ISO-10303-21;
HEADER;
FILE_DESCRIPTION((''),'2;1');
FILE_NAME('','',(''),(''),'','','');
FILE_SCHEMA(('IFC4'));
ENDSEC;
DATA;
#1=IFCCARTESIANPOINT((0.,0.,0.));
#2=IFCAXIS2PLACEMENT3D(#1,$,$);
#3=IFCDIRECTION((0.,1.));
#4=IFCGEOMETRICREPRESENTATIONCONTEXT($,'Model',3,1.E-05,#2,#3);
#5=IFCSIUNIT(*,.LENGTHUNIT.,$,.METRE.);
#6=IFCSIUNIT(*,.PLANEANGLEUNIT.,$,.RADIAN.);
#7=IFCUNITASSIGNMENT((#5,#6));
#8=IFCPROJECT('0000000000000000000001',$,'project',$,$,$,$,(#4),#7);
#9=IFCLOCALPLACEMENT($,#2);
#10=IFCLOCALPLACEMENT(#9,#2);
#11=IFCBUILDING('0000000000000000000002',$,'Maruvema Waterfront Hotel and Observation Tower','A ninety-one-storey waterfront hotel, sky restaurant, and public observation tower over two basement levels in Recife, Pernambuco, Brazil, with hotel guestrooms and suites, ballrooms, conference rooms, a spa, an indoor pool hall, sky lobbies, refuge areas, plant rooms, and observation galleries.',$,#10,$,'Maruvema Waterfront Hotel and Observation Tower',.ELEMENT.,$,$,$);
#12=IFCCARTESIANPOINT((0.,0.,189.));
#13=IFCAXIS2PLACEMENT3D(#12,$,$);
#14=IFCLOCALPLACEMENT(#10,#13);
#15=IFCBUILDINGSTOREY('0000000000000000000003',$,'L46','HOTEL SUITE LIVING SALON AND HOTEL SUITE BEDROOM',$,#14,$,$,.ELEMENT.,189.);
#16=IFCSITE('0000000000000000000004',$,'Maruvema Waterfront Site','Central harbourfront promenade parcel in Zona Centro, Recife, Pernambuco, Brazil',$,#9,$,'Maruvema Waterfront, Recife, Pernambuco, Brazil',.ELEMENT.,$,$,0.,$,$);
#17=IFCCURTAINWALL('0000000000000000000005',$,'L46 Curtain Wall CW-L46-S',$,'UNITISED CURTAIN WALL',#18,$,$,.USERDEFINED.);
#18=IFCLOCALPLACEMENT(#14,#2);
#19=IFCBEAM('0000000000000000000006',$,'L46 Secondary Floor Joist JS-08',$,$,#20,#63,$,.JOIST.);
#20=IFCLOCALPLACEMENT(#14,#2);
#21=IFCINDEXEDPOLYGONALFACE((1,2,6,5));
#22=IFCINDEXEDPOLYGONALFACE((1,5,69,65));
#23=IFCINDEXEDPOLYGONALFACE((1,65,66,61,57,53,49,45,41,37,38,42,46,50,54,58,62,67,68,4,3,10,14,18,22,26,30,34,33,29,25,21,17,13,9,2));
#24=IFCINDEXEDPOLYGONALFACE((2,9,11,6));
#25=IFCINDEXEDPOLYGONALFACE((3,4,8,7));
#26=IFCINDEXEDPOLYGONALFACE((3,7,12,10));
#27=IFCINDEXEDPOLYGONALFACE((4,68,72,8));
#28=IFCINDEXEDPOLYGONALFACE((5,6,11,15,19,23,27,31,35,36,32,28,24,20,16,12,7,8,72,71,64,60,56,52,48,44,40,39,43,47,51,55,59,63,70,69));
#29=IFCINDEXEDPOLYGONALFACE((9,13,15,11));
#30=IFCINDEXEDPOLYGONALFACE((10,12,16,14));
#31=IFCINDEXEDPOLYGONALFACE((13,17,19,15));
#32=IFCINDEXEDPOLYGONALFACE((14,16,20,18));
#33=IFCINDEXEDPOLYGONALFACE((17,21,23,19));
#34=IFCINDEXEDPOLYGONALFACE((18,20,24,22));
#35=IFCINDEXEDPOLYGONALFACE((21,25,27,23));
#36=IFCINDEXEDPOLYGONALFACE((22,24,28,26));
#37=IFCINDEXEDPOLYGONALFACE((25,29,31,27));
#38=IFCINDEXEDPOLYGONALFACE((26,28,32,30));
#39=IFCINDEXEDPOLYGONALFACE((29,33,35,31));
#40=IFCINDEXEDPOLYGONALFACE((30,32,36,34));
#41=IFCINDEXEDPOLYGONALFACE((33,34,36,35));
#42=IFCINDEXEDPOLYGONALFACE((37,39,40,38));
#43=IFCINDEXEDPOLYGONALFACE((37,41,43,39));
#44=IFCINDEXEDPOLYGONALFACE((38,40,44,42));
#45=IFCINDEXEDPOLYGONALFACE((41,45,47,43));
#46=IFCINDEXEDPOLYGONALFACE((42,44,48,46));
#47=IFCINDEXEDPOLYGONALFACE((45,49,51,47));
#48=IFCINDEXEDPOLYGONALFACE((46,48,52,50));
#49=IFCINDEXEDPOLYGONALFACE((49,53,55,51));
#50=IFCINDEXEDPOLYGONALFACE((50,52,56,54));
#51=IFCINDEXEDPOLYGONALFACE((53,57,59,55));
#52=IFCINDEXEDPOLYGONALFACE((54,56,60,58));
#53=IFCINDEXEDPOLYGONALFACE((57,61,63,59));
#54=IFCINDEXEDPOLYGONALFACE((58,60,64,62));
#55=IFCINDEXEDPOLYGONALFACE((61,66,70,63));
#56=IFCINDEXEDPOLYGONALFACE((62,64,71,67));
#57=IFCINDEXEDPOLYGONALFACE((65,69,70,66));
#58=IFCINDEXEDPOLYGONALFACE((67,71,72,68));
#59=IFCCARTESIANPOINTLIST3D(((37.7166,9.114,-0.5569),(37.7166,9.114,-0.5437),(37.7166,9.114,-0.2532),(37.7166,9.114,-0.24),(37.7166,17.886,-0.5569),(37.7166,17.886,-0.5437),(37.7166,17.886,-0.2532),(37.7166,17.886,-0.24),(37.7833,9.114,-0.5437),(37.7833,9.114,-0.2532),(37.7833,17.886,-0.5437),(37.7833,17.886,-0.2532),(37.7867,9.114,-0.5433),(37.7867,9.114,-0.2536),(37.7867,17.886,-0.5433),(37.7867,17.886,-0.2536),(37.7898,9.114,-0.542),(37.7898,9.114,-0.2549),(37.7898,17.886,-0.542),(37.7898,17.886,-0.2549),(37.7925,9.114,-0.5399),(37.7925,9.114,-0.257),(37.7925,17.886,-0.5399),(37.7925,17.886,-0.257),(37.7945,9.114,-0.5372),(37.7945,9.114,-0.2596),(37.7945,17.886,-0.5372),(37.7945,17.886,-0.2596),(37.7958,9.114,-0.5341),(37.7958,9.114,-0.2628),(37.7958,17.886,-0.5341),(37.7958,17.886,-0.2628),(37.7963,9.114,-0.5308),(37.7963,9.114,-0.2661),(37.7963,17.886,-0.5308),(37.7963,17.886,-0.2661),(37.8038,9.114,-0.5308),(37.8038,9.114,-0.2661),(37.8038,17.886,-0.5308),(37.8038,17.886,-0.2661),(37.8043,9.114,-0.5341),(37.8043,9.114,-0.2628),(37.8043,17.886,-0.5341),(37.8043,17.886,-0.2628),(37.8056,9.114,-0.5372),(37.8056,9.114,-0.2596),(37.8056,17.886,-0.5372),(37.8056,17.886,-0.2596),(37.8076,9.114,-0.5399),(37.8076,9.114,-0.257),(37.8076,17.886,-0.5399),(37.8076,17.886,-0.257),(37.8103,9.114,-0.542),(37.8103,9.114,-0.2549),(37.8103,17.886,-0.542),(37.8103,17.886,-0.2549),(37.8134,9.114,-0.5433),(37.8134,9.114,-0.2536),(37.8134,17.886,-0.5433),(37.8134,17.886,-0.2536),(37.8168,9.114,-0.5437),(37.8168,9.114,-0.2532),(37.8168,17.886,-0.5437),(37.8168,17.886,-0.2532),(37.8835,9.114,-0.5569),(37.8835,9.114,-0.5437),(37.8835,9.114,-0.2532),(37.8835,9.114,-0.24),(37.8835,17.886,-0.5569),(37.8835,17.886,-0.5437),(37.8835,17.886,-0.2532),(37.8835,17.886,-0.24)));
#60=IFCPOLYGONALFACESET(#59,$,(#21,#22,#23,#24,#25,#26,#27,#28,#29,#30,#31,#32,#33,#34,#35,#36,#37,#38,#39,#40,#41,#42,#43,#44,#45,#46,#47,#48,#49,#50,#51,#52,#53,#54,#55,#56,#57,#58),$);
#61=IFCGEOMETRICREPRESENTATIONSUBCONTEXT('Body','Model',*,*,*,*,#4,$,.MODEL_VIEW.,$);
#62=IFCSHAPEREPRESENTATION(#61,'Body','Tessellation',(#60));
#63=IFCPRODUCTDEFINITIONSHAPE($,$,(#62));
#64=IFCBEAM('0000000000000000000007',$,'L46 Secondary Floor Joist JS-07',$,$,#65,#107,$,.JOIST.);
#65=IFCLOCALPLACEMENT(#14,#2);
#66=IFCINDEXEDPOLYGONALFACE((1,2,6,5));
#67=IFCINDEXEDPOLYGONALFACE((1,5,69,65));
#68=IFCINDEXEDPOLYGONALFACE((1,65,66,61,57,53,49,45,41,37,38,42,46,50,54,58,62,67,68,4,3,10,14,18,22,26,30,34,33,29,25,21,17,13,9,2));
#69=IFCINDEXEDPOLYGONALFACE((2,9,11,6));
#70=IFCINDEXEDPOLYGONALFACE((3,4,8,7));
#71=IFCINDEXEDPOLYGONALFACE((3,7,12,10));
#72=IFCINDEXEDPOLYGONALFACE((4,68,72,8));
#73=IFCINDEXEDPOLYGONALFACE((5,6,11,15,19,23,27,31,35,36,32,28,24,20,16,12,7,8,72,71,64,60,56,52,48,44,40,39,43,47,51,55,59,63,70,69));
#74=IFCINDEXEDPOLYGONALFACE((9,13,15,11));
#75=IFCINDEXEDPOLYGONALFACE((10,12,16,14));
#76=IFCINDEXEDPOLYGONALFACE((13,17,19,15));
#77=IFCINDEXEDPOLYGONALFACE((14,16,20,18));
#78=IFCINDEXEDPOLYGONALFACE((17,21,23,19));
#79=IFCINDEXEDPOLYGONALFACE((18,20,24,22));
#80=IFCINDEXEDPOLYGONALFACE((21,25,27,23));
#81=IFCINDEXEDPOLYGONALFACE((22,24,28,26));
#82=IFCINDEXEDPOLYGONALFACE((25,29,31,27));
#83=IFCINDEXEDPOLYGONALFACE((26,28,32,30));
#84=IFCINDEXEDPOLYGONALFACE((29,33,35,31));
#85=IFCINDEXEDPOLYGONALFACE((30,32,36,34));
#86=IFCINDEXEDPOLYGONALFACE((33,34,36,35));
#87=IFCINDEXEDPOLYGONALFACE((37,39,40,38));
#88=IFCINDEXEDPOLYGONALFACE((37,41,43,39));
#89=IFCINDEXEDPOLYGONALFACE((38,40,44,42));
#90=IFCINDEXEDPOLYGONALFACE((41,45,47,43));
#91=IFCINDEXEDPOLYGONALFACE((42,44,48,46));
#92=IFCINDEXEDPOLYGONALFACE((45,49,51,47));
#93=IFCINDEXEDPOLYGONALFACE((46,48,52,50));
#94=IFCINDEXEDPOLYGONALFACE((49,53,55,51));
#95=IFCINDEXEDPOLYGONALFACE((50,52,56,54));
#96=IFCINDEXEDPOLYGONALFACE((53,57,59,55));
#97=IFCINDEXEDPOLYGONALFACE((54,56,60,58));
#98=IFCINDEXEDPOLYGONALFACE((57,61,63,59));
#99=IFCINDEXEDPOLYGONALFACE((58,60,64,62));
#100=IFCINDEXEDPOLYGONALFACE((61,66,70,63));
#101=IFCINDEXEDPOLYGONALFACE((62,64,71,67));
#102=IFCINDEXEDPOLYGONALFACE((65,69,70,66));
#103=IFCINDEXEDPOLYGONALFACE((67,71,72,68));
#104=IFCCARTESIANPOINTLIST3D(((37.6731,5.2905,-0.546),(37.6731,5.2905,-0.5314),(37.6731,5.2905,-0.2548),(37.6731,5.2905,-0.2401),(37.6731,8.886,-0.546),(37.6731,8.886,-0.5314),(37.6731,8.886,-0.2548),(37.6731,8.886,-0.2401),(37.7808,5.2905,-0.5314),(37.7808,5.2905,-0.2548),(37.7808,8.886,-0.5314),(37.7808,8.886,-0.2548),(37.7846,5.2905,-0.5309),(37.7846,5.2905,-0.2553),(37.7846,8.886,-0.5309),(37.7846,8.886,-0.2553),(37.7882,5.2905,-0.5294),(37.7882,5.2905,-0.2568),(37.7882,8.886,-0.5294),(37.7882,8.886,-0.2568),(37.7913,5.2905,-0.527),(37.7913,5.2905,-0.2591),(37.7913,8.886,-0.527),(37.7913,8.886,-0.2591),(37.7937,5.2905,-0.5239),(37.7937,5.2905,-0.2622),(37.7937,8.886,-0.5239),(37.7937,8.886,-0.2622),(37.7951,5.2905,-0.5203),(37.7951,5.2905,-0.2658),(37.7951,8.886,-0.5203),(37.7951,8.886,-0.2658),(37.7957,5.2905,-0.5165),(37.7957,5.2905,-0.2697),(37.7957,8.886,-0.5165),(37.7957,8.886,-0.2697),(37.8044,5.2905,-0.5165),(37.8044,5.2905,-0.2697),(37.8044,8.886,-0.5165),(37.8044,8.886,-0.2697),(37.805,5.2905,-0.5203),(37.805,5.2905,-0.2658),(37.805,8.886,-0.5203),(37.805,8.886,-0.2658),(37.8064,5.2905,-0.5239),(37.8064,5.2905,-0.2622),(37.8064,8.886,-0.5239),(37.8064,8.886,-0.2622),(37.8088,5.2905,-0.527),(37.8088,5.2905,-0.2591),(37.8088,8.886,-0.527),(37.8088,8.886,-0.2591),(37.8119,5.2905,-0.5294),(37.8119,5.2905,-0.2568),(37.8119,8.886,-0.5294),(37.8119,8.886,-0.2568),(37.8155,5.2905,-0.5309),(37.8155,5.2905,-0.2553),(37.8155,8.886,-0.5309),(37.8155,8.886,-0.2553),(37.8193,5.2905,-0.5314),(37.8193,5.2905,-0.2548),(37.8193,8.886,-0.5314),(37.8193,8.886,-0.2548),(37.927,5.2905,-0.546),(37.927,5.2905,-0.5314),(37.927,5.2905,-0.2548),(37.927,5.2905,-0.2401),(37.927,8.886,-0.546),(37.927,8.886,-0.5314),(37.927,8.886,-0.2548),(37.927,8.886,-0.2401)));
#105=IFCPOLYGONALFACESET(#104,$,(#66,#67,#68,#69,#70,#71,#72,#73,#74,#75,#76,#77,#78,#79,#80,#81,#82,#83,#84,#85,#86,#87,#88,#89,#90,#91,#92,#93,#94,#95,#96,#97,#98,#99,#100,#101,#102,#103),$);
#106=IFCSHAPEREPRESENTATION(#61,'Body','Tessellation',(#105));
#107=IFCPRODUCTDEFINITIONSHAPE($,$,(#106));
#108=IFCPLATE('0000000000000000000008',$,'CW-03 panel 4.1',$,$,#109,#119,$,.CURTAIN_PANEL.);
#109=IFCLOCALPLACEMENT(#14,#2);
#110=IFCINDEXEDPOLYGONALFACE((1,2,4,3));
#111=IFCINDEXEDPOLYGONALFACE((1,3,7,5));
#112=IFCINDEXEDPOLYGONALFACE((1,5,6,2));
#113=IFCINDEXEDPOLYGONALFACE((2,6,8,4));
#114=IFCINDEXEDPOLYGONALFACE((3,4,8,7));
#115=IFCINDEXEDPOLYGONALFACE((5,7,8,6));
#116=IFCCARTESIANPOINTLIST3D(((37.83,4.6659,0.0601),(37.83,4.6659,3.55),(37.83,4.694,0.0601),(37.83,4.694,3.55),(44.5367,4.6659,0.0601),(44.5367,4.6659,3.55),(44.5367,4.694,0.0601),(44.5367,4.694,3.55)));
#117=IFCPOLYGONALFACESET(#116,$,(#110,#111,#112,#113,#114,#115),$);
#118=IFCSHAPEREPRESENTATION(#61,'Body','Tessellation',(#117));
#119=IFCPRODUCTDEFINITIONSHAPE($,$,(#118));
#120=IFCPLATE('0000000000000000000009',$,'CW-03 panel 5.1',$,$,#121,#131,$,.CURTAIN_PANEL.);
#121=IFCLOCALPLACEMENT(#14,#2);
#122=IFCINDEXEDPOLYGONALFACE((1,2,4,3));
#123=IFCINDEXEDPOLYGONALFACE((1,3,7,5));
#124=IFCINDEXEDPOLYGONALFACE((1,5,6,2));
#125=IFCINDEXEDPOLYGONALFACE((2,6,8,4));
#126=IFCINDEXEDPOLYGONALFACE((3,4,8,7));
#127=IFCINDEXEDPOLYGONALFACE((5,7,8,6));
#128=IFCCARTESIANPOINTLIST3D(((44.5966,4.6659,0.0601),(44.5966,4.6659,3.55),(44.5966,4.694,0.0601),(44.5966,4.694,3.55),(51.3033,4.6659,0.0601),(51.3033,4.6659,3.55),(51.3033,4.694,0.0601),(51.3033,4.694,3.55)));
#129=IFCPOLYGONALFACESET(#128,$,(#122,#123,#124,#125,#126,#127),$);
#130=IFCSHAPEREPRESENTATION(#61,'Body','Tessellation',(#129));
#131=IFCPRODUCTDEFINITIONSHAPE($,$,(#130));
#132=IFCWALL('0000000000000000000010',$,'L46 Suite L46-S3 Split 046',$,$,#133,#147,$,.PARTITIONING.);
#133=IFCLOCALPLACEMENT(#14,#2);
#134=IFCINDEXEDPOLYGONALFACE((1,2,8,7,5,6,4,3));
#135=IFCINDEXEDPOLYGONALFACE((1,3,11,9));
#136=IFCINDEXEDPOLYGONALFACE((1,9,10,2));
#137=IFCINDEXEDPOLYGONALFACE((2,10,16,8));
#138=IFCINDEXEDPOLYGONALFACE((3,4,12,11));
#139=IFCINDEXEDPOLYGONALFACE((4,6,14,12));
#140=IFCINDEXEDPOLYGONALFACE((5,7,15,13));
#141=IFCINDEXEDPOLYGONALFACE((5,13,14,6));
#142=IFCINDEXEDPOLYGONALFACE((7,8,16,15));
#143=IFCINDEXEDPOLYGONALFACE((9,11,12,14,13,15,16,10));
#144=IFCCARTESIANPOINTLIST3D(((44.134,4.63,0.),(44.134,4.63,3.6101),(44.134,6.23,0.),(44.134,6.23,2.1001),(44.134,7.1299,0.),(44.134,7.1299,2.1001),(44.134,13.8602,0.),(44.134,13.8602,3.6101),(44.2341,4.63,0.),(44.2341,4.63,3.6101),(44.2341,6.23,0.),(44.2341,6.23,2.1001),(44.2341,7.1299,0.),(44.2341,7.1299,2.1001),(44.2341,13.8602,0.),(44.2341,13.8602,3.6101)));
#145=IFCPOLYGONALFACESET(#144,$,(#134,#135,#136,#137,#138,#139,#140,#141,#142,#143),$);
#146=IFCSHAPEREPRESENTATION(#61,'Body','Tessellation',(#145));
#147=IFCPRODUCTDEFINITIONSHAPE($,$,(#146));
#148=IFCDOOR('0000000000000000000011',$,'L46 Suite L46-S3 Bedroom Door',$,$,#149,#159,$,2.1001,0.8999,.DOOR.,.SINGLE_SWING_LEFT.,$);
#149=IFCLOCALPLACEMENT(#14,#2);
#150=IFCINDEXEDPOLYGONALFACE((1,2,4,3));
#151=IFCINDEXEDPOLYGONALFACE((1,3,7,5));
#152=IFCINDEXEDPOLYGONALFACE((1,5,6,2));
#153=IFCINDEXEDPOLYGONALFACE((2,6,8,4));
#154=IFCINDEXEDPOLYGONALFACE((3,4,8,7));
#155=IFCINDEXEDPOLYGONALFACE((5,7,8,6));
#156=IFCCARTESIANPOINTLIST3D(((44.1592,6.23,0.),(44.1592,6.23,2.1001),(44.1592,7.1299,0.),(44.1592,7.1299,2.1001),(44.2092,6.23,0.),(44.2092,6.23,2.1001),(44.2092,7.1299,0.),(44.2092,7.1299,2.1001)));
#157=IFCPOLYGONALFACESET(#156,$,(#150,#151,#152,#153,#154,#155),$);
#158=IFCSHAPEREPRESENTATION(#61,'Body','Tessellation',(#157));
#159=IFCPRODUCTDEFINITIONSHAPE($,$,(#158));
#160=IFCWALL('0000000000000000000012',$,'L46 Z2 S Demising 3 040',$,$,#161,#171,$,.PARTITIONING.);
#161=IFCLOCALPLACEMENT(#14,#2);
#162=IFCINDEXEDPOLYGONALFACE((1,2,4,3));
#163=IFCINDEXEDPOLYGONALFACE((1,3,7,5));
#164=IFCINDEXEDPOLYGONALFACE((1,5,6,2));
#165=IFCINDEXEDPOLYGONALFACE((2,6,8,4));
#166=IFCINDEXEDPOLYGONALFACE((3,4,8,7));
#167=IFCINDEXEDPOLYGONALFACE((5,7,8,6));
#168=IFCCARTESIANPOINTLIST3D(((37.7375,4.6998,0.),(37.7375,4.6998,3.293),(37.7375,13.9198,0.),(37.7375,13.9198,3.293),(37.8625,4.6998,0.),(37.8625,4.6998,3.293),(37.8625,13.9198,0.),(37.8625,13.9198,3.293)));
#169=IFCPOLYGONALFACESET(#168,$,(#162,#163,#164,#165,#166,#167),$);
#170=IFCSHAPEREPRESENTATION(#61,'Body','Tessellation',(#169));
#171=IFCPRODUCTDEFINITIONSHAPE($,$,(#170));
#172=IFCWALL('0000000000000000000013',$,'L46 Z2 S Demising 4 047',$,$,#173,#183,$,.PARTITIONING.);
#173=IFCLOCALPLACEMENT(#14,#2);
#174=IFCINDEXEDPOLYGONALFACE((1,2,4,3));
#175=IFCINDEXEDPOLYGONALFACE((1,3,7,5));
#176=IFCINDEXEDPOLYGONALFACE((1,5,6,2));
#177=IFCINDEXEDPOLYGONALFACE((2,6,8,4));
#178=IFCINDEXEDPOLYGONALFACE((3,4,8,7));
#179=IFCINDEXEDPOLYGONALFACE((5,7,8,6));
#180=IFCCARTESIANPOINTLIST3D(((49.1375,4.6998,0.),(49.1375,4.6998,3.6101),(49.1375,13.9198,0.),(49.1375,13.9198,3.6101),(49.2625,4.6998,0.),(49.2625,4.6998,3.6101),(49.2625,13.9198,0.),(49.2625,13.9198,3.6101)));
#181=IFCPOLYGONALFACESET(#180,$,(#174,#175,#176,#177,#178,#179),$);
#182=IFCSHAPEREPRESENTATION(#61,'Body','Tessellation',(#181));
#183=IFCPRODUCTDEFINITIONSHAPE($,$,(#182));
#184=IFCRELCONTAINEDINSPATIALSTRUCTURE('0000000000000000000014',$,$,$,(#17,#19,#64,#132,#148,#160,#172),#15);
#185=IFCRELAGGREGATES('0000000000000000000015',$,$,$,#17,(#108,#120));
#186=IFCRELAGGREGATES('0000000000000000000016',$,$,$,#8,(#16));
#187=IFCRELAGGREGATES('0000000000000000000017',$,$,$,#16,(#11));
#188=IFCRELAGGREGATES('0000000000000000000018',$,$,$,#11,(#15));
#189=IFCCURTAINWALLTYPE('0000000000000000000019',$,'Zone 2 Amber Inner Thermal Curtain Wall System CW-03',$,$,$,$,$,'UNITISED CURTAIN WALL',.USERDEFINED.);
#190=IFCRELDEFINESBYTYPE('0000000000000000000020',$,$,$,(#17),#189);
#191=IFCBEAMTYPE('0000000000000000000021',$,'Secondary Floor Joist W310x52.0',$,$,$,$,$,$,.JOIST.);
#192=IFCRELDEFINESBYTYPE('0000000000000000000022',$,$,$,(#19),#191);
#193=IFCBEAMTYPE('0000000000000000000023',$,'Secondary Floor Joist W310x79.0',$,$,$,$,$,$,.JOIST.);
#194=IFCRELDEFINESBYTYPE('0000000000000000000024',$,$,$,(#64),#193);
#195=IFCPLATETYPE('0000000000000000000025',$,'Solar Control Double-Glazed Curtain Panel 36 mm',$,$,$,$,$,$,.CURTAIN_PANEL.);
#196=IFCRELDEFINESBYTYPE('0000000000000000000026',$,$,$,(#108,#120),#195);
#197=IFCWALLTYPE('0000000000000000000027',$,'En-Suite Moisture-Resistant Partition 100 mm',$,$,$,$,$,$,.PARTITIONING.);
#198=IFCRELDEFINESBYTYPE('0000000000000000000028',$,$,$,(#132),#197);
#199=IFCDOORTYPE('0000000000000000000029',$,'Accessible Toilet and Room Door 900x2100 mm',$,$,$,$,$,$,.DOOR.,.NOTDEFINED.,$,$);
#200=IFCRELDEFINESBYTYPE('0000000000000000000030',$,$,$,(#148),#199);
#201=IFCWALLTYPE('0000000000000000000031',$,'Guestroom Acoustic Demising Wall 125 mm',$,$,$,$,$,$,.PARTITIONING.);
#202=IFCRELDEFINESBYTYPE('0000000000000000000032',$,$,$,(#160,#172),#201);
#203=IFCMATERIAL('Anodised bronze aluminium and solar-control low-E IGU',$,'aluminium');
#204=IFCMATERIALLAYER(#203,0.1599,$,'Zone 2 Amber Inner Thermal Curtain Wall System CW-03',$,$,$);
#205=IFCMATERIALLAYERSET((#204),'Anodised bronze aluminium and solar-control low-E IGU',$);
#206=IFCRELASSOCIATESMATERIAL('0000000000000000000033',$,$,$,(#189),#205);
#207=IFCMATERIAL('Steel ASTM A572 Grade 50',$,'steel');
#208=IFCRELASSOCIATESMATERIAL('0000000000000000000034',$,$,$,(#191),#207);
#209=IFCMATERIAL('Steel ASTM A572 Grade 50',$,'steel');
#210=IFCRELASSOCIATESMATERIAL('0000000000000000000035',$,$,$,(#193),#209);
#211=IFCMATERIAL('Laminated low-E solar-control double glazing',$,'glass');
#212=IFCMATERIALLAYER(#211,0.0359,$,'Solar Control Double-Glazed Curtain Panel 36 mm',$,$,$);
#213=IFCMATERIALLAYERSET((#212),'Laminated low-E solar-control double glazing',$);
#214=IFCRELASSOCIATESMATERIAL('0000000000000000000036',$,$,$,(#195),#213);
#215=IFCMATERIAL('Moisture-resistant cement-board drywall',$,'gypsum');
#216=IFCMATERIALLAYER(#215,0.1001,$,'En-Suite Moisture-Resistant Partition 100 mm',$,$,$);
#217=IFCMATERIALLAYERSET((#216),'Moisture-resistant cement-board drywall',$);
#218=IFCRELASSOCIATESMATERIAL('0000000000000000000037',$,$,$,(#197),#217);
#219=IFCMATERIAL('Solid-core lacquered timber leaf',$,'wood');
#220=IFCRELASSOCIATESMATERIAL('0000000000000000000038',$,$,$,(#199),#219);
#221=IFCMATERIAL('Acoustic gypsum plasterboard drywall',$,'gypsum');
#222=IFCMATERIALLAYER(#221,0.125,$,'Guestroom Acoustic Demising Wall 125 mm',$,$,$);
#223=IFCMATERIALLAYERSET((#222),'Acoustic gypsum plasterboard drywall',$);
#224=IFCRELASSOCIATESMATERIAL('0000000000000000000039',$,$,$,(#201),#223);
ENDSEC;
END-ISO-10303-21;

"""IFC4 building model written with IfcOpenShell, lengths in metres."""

from ifc_helpers import new_model, si_unit, direction, frame, frame_2d, origin, origin_2d, place, context, subcontext, project, spatial, rectangle, i_section, extrude, material, layer, layer_set, material_profile, profile_set, type_object, element, fill, aggregate, save


model = new_model("IFC4")

# Units and contexts
model_context = context("Model", 3, precision=1e-05, world=origin(), true_north=direction((0.0, 1.0)))
body_context = subcontext(model_context, "Body", "Model", "MODEL_VIEW")
ifc_project = project(units=[si_unit("LENGTHUNIT", "METRE"), si_unit("PLANEANGLEUNIT", "RADIAN")], contexts=[model_context])

# Site, building, storey
site_placement = place(None, origin())
site = spatial("IfcSite", under=ifc_project, at=site_placement, Name="Maruvema Waterfront Site", Description="Central harbourfront promenade parcel in Zona Centro, Recife, Pernambuco, Brazil", LongName="Maruvema Waterfront, Recife, Pernambuco, Brazil", CompositionType="ELEMENT", RefElevation=0.0)
building_placement = place(site_placement, origin())
building = spatial("IfcBuilding", under=site, at=building_placement, Name="Maruvema Waterfront Hotel and Observation Tower", Description="A ninety-one-storey waterfront hotel, sky restaurant, and public observation tower over two basement levels in Recife, Pernambuco, Brazil, with hotel guestrooms and suites, ballrooms, conference rooms, a spa, an indoor pool hall, sky lobbies, refuge areas, plant rooms, and observation galleries.", LongName="Maruvema Waterfront Hotel and Observation Tower", CompositionType="ELEMENT")
storey_placement = place(building_placement, frame((0.0, 0.0, 189.0)))
storey = spatial("IfcBuildingStorey", under=building, at=storey_placement, Name="L46", Description="HOTEL SUITE LIVING SALON AND HOTEL SUITE BEDROOM", CompositionType="ELEMENT", Elevation=189.0)

# Curtain wall
ifc_material_1 = material(Name="Anodised bronze aluminium and solar-control low-E IGU", Category="aluminium")
ifc_layer_1 = layer(ifc_material_1, 0.1599, Name="Zone 2 Amber Inner Thermal Curtain Wall System CW-03")
ifc_layer_set_1 = layer_set([ifc_layer_1], Name="Anodised bronze aluminium and solar-control low-E IGU")
curtain_wall_type = type_object("IfcCurtainWallType", Name="Zone 2 Amber Inner Thermal Curtain Wall System CW-03", ElementType="UNITISED CURTAIN WALL", PredefinedType="USERDEFINED", material=ifc_layer_set_1)
curtain_wall_placement = place(storey_placement, origin())
curtain_wall = element("IfcCurtainWall", 1, at=curtain_wall_placement, inside=storey, type_object=curtain_wall_type, Name="L46 Curtain Wall CW-L46-S", ObjectType="UNITISED CURTAIN WALL", PredefinedType="USERDEFINED")

# Beams
ifc_material_2 = material(Name="Steel ASTM A572 Grade 50", Category="steel")
ifc_material_profile_1 = material_profile(ifc_material_2, i_section(OverallWidth=0.167, OverallDepth=0.3169, WebThickness=0.0076, FlangeThickness=0.0132, FilletRadius=0.0129, at=origin_2d()), Name="W310x52.0")
ifc_profile_set_1 = profile_set([ifc_material_profile_1], Name="Steel ASTM A572 Grade 50")
beam_type_1 = type_object("IfcBeamType", Name="Secondary Floor Joist W310x52.0", PredefinedType="JOIST", material=ifc_profile_set_1)
beam_1_placement = place(storey_placement, frame((37.8, 9.114, -0.3984), z_axis=(0.0, 1.0, 0.0), x_axis=(-1.0, 0.0, 0.0)))
element("IfcBeam", 2, at=beam_1_placement, inside=storey, type_object=beam_type_1, Name="L46 Secondary Floor Joist JS-08", PredefinedType="JOIST", context=body_context, shape_type="SweptSolid", body=[
    extrude(i_section(OverallWidth=0.167, OverallDepth=0.3169, WebThickness=0.0076, FlangeThickness=0.0132, FilletRadius=0.0129, at=origin_2d()), origin(), (0.0, 0.0, 1.0), 8.772),
])
ifc_material_3 = material(Name="Steel ASTM A572 Grade 50", Category="steel")
ifc_material_profile_2 = material_profile(ifc_material_3, i_section(OverallWidth=0.2539, OverallDepth=0.3059, WebThickness=0.0088, FlangeThickness=0.0146, FilletRadius=0.0149, at=origin_2d()), Name="W310x79.0")
ifc_profile_set_2 = profile_set([ifc_material_profile_2], Name="Steel ASTM A572 Grade 50")
beam_type_2 = type_object("IfcBeamType", Name="Secondary Floor Joist W310x79.0", PredefinedType="JOIST", material=ifc_profile_set_2)
beam_2_placement = place(storey_placement, frame((37.8, 5.2905, -0.3931), z_axis=(0.0, 1.0, 0.0), x_axis=(-1.0, 0.0, 0.0)))
element("IfcBeam", 3, at=beam_2_placement, inside=storey, type_object=beam_type_2, Name="L46 Secondary Floor Joist JS-07", PredefinedType="JOIST", context=body_context, shape_type="SweptSolid", body=[
    extrude(i_section(OverallWidth=0.2539, OverallDepth=0.3059, WebThickness=0.0088, FlangeThickness=0.0146, FilletRadius=0.0149, at=origin_2d()), origin(), (0.0, 0.0, 1.0), 3.5955),
])

# Plates
ifc_material_4 = material(Name="Laminated low-E solar-control double glazing", Category="glass")
ifc_layer_2 = layer(ifc_material_4, 0.0359, Name="Solar Control Double-Glazed Curtain Panel 36 mm")
ifc_layer_set_2 = layer_set([ifc_layer_2], Name="Laminated low-E solar-control double glazing")
plate_type = type_object("IfcPlateType", Name="Solar Control Double-Glazed Curtain Panel 36 mm", PredefinedType="CURTAIN_PANEL", material=ifc_layer_set_2)
plate_1_placement = place(storey_placement, frame((41.1833, 4.6799, 0.0601), z_axis=(0.0, 0.0, 1.0), x_axis=(1.0, 0.0, 0.0)))
plate_1 = element("IfcPlate", 4, at=plate_1_placement, type_object=plate_type, Name="CW-03 panel 4.1", PredefinedType="CURTAIN_PANEL", context=body_context, shape_type="SweptSolid", body=[
    extrude(rectangle(XDim=6.7068, YDim=0.0281, at=origin_2d()), origin(), (0.0, 0.0, 1.0), 3.49),
])
plate_2_placement = place(storey_placement, frame((47.95, 4.6799, 0.0601), z_axis=(0.0, 0.0, 1.0), x_axis=(1.0, 0.0, 0.0)))
plate_2 = element("IfcPlate", 5, at=plate_2_placement, type_object=plate_type, Name="CW-03 panel 5.1", PredefinedType="CURTAIN_PANEL", context=body_context, shape_type="SweptSolid", body=[
    extrude(rectangle(XDim=6.7068, YDim=0.0281, at=origin_2d()), origin(), (0.0, 0.0, 1.0), 3.49),
])
aggregate(curtain_wall, [plate_1, plate_2])

# Wall, opening, door
ifc_material_5 = material(Name="Moisture-resistant cement-board drywall", Category="gypsum")
ifc_layer_3 = layer(ifc_material_5, 0.1001, Name="En-Suite Moisture-Resistant Partition 100 mm")
ifc_layer_set_3 = layer_set([ifc_layer_3], Name="Moisture-resistant cement-board drywall")
wall_type_1 = type_object("IfcWallType", Name="En-Suite Moisture-Resistant Partition 100 mm", PredefinedType="PARTITIONING", material=ifc_layer_set_3)
wall_1_placement = place(storey_placement, frame((44.1841, 4.6299, 0.0), z_axis=(0.0, 0.0, 1.0), x_axis=(0.0, 1.0, 0.0)))
wall_1 = element("IfcWall", 6, at=wall_1_placement, inside=storey, type_object=wall_type_1, Name="L46 Suite L46-S3 Split 046", PredefinedType="PARTITIONING", context=body_context, shape_type="SweptSolid", body=[
    extrude(rectangle(XDim=9.2302, YDim=0.1001, at=frame_2d((4.6152, 0.0))), origin(), (0.0, 0.0, 1.0), 3.6101),
])
opening_placement = place(wall_1_placement, frame((1.6001, 0.0, 0.0)))
opening = element("IfcOpeningElement", 7, at=opening_placement, cuts=wall_1, PredefinedType="OPENING", context=body_context, shape_type="SweptSolid", body=[
    extrude(rectangle(XDim=0.8999, YDim=2.1001, at=frame_2d((0.45, 1.05))), frame((0.0, 0.0601, 0.0), z_axis=(0.0, -1.0, 0.0), x_axis=(1.0, 0.0, 0.0)), (0.0, 0.0, 1.0), 0.1201),
])
ifc_material_6 = material(Name="Solid-core lacquered timber leaf", Category="wood")
door_type = type_object("IfcDoorType", Name="Accessible Toilet and Room Door 900x2100 mm", OperationType="NOTDEFINED", PredefinedType="DOOR", material=ifc_material_6)
door_placement = place(opening_placement, origin())
door = element("IfcDoor", 8, at=door_placement, inside=storey, type_object=door_type, Name="L46 Suite L46-S3 Bedroom Door", OperationType="SINGLE_SWING_LEFT", OverallHeight=2.1001, OverallWidth=0.8999, PredefinedType="DOOR", context=body_context, shape_type="SweptSolid", body=[
    extrude(rectangle(XDim=0.8999, YDim=2.1001, at=frame_2d((0.45, 1.05))), frame((0.0, 0.0249, 0.0), z_axis=(0.0, -1.0, 0.0), x_axis=(1.0, 0.0, 0.0)), (0.0, 0.0, 1.0), 0.05),
])
fill(opening, door)

# Walls
ifc_material_7 = material(Name="Acoustic gypsum plasterboard drywall", Category="gypsum")
ifc_layer_4 = layer(ifc_material_7, 0.125, Name="Guestroom Acoustic Demising Wall 125 mm")
ifc_layer_set_4 = layer_set([ifc_layer_4], Name="Acoustic gypsum plasterboard drywall")
wall_type_2 = type_object("IfcWallType", Name="Guestroom Acoustic Demising Wall 125 mm", PredefinedType="PARTITIONING", material=ifc_layer_set_4)
wall_2_placement = place(storey_placement, frame((37.8, 4.7, 0.0), z_axis=(0.0, 0.0, 1.0), x_axis=(0.0, 1.0, 0.0)))
element("IfcWall", 9, at=wall_2_placement, inside=storey, type_object=wall_type_2, Name="L46 Z2 S Demising 3 040", PredefinedType="PARTITIONING", context=body_context, shape_type="SweptSolid", body=[
    extrude(rectangle(XDim=9.22, YDim=0.125, at=frame_2d((4.6099, 0.0))), origin(), (0.0, 0.0, 1.0), 3.293),
])
wall_3_placement = place(storey_placement, frame((49.2, 4.7, 0.0), z_axis=(0.0, 0.0, 1.0), x_axis=(0.0, 1.0, 0.0)))
element("IfcWall", 10, at=wall_3_placement, inside=storey, type_object=wall_type_2, Name="L46 Z2 S Demising 4 047", PredefinedType="PARTITIONING", context=body_context, shape_type="SweptSolid", body=[
    extrude(rectangle(XDim=9.22, YDim=0.125, at=frame_2d((4.6099, 0.0))), origin(), (0.0, 0.0, 1.0), 3.6101),
])

save(model, "model.ifc")
